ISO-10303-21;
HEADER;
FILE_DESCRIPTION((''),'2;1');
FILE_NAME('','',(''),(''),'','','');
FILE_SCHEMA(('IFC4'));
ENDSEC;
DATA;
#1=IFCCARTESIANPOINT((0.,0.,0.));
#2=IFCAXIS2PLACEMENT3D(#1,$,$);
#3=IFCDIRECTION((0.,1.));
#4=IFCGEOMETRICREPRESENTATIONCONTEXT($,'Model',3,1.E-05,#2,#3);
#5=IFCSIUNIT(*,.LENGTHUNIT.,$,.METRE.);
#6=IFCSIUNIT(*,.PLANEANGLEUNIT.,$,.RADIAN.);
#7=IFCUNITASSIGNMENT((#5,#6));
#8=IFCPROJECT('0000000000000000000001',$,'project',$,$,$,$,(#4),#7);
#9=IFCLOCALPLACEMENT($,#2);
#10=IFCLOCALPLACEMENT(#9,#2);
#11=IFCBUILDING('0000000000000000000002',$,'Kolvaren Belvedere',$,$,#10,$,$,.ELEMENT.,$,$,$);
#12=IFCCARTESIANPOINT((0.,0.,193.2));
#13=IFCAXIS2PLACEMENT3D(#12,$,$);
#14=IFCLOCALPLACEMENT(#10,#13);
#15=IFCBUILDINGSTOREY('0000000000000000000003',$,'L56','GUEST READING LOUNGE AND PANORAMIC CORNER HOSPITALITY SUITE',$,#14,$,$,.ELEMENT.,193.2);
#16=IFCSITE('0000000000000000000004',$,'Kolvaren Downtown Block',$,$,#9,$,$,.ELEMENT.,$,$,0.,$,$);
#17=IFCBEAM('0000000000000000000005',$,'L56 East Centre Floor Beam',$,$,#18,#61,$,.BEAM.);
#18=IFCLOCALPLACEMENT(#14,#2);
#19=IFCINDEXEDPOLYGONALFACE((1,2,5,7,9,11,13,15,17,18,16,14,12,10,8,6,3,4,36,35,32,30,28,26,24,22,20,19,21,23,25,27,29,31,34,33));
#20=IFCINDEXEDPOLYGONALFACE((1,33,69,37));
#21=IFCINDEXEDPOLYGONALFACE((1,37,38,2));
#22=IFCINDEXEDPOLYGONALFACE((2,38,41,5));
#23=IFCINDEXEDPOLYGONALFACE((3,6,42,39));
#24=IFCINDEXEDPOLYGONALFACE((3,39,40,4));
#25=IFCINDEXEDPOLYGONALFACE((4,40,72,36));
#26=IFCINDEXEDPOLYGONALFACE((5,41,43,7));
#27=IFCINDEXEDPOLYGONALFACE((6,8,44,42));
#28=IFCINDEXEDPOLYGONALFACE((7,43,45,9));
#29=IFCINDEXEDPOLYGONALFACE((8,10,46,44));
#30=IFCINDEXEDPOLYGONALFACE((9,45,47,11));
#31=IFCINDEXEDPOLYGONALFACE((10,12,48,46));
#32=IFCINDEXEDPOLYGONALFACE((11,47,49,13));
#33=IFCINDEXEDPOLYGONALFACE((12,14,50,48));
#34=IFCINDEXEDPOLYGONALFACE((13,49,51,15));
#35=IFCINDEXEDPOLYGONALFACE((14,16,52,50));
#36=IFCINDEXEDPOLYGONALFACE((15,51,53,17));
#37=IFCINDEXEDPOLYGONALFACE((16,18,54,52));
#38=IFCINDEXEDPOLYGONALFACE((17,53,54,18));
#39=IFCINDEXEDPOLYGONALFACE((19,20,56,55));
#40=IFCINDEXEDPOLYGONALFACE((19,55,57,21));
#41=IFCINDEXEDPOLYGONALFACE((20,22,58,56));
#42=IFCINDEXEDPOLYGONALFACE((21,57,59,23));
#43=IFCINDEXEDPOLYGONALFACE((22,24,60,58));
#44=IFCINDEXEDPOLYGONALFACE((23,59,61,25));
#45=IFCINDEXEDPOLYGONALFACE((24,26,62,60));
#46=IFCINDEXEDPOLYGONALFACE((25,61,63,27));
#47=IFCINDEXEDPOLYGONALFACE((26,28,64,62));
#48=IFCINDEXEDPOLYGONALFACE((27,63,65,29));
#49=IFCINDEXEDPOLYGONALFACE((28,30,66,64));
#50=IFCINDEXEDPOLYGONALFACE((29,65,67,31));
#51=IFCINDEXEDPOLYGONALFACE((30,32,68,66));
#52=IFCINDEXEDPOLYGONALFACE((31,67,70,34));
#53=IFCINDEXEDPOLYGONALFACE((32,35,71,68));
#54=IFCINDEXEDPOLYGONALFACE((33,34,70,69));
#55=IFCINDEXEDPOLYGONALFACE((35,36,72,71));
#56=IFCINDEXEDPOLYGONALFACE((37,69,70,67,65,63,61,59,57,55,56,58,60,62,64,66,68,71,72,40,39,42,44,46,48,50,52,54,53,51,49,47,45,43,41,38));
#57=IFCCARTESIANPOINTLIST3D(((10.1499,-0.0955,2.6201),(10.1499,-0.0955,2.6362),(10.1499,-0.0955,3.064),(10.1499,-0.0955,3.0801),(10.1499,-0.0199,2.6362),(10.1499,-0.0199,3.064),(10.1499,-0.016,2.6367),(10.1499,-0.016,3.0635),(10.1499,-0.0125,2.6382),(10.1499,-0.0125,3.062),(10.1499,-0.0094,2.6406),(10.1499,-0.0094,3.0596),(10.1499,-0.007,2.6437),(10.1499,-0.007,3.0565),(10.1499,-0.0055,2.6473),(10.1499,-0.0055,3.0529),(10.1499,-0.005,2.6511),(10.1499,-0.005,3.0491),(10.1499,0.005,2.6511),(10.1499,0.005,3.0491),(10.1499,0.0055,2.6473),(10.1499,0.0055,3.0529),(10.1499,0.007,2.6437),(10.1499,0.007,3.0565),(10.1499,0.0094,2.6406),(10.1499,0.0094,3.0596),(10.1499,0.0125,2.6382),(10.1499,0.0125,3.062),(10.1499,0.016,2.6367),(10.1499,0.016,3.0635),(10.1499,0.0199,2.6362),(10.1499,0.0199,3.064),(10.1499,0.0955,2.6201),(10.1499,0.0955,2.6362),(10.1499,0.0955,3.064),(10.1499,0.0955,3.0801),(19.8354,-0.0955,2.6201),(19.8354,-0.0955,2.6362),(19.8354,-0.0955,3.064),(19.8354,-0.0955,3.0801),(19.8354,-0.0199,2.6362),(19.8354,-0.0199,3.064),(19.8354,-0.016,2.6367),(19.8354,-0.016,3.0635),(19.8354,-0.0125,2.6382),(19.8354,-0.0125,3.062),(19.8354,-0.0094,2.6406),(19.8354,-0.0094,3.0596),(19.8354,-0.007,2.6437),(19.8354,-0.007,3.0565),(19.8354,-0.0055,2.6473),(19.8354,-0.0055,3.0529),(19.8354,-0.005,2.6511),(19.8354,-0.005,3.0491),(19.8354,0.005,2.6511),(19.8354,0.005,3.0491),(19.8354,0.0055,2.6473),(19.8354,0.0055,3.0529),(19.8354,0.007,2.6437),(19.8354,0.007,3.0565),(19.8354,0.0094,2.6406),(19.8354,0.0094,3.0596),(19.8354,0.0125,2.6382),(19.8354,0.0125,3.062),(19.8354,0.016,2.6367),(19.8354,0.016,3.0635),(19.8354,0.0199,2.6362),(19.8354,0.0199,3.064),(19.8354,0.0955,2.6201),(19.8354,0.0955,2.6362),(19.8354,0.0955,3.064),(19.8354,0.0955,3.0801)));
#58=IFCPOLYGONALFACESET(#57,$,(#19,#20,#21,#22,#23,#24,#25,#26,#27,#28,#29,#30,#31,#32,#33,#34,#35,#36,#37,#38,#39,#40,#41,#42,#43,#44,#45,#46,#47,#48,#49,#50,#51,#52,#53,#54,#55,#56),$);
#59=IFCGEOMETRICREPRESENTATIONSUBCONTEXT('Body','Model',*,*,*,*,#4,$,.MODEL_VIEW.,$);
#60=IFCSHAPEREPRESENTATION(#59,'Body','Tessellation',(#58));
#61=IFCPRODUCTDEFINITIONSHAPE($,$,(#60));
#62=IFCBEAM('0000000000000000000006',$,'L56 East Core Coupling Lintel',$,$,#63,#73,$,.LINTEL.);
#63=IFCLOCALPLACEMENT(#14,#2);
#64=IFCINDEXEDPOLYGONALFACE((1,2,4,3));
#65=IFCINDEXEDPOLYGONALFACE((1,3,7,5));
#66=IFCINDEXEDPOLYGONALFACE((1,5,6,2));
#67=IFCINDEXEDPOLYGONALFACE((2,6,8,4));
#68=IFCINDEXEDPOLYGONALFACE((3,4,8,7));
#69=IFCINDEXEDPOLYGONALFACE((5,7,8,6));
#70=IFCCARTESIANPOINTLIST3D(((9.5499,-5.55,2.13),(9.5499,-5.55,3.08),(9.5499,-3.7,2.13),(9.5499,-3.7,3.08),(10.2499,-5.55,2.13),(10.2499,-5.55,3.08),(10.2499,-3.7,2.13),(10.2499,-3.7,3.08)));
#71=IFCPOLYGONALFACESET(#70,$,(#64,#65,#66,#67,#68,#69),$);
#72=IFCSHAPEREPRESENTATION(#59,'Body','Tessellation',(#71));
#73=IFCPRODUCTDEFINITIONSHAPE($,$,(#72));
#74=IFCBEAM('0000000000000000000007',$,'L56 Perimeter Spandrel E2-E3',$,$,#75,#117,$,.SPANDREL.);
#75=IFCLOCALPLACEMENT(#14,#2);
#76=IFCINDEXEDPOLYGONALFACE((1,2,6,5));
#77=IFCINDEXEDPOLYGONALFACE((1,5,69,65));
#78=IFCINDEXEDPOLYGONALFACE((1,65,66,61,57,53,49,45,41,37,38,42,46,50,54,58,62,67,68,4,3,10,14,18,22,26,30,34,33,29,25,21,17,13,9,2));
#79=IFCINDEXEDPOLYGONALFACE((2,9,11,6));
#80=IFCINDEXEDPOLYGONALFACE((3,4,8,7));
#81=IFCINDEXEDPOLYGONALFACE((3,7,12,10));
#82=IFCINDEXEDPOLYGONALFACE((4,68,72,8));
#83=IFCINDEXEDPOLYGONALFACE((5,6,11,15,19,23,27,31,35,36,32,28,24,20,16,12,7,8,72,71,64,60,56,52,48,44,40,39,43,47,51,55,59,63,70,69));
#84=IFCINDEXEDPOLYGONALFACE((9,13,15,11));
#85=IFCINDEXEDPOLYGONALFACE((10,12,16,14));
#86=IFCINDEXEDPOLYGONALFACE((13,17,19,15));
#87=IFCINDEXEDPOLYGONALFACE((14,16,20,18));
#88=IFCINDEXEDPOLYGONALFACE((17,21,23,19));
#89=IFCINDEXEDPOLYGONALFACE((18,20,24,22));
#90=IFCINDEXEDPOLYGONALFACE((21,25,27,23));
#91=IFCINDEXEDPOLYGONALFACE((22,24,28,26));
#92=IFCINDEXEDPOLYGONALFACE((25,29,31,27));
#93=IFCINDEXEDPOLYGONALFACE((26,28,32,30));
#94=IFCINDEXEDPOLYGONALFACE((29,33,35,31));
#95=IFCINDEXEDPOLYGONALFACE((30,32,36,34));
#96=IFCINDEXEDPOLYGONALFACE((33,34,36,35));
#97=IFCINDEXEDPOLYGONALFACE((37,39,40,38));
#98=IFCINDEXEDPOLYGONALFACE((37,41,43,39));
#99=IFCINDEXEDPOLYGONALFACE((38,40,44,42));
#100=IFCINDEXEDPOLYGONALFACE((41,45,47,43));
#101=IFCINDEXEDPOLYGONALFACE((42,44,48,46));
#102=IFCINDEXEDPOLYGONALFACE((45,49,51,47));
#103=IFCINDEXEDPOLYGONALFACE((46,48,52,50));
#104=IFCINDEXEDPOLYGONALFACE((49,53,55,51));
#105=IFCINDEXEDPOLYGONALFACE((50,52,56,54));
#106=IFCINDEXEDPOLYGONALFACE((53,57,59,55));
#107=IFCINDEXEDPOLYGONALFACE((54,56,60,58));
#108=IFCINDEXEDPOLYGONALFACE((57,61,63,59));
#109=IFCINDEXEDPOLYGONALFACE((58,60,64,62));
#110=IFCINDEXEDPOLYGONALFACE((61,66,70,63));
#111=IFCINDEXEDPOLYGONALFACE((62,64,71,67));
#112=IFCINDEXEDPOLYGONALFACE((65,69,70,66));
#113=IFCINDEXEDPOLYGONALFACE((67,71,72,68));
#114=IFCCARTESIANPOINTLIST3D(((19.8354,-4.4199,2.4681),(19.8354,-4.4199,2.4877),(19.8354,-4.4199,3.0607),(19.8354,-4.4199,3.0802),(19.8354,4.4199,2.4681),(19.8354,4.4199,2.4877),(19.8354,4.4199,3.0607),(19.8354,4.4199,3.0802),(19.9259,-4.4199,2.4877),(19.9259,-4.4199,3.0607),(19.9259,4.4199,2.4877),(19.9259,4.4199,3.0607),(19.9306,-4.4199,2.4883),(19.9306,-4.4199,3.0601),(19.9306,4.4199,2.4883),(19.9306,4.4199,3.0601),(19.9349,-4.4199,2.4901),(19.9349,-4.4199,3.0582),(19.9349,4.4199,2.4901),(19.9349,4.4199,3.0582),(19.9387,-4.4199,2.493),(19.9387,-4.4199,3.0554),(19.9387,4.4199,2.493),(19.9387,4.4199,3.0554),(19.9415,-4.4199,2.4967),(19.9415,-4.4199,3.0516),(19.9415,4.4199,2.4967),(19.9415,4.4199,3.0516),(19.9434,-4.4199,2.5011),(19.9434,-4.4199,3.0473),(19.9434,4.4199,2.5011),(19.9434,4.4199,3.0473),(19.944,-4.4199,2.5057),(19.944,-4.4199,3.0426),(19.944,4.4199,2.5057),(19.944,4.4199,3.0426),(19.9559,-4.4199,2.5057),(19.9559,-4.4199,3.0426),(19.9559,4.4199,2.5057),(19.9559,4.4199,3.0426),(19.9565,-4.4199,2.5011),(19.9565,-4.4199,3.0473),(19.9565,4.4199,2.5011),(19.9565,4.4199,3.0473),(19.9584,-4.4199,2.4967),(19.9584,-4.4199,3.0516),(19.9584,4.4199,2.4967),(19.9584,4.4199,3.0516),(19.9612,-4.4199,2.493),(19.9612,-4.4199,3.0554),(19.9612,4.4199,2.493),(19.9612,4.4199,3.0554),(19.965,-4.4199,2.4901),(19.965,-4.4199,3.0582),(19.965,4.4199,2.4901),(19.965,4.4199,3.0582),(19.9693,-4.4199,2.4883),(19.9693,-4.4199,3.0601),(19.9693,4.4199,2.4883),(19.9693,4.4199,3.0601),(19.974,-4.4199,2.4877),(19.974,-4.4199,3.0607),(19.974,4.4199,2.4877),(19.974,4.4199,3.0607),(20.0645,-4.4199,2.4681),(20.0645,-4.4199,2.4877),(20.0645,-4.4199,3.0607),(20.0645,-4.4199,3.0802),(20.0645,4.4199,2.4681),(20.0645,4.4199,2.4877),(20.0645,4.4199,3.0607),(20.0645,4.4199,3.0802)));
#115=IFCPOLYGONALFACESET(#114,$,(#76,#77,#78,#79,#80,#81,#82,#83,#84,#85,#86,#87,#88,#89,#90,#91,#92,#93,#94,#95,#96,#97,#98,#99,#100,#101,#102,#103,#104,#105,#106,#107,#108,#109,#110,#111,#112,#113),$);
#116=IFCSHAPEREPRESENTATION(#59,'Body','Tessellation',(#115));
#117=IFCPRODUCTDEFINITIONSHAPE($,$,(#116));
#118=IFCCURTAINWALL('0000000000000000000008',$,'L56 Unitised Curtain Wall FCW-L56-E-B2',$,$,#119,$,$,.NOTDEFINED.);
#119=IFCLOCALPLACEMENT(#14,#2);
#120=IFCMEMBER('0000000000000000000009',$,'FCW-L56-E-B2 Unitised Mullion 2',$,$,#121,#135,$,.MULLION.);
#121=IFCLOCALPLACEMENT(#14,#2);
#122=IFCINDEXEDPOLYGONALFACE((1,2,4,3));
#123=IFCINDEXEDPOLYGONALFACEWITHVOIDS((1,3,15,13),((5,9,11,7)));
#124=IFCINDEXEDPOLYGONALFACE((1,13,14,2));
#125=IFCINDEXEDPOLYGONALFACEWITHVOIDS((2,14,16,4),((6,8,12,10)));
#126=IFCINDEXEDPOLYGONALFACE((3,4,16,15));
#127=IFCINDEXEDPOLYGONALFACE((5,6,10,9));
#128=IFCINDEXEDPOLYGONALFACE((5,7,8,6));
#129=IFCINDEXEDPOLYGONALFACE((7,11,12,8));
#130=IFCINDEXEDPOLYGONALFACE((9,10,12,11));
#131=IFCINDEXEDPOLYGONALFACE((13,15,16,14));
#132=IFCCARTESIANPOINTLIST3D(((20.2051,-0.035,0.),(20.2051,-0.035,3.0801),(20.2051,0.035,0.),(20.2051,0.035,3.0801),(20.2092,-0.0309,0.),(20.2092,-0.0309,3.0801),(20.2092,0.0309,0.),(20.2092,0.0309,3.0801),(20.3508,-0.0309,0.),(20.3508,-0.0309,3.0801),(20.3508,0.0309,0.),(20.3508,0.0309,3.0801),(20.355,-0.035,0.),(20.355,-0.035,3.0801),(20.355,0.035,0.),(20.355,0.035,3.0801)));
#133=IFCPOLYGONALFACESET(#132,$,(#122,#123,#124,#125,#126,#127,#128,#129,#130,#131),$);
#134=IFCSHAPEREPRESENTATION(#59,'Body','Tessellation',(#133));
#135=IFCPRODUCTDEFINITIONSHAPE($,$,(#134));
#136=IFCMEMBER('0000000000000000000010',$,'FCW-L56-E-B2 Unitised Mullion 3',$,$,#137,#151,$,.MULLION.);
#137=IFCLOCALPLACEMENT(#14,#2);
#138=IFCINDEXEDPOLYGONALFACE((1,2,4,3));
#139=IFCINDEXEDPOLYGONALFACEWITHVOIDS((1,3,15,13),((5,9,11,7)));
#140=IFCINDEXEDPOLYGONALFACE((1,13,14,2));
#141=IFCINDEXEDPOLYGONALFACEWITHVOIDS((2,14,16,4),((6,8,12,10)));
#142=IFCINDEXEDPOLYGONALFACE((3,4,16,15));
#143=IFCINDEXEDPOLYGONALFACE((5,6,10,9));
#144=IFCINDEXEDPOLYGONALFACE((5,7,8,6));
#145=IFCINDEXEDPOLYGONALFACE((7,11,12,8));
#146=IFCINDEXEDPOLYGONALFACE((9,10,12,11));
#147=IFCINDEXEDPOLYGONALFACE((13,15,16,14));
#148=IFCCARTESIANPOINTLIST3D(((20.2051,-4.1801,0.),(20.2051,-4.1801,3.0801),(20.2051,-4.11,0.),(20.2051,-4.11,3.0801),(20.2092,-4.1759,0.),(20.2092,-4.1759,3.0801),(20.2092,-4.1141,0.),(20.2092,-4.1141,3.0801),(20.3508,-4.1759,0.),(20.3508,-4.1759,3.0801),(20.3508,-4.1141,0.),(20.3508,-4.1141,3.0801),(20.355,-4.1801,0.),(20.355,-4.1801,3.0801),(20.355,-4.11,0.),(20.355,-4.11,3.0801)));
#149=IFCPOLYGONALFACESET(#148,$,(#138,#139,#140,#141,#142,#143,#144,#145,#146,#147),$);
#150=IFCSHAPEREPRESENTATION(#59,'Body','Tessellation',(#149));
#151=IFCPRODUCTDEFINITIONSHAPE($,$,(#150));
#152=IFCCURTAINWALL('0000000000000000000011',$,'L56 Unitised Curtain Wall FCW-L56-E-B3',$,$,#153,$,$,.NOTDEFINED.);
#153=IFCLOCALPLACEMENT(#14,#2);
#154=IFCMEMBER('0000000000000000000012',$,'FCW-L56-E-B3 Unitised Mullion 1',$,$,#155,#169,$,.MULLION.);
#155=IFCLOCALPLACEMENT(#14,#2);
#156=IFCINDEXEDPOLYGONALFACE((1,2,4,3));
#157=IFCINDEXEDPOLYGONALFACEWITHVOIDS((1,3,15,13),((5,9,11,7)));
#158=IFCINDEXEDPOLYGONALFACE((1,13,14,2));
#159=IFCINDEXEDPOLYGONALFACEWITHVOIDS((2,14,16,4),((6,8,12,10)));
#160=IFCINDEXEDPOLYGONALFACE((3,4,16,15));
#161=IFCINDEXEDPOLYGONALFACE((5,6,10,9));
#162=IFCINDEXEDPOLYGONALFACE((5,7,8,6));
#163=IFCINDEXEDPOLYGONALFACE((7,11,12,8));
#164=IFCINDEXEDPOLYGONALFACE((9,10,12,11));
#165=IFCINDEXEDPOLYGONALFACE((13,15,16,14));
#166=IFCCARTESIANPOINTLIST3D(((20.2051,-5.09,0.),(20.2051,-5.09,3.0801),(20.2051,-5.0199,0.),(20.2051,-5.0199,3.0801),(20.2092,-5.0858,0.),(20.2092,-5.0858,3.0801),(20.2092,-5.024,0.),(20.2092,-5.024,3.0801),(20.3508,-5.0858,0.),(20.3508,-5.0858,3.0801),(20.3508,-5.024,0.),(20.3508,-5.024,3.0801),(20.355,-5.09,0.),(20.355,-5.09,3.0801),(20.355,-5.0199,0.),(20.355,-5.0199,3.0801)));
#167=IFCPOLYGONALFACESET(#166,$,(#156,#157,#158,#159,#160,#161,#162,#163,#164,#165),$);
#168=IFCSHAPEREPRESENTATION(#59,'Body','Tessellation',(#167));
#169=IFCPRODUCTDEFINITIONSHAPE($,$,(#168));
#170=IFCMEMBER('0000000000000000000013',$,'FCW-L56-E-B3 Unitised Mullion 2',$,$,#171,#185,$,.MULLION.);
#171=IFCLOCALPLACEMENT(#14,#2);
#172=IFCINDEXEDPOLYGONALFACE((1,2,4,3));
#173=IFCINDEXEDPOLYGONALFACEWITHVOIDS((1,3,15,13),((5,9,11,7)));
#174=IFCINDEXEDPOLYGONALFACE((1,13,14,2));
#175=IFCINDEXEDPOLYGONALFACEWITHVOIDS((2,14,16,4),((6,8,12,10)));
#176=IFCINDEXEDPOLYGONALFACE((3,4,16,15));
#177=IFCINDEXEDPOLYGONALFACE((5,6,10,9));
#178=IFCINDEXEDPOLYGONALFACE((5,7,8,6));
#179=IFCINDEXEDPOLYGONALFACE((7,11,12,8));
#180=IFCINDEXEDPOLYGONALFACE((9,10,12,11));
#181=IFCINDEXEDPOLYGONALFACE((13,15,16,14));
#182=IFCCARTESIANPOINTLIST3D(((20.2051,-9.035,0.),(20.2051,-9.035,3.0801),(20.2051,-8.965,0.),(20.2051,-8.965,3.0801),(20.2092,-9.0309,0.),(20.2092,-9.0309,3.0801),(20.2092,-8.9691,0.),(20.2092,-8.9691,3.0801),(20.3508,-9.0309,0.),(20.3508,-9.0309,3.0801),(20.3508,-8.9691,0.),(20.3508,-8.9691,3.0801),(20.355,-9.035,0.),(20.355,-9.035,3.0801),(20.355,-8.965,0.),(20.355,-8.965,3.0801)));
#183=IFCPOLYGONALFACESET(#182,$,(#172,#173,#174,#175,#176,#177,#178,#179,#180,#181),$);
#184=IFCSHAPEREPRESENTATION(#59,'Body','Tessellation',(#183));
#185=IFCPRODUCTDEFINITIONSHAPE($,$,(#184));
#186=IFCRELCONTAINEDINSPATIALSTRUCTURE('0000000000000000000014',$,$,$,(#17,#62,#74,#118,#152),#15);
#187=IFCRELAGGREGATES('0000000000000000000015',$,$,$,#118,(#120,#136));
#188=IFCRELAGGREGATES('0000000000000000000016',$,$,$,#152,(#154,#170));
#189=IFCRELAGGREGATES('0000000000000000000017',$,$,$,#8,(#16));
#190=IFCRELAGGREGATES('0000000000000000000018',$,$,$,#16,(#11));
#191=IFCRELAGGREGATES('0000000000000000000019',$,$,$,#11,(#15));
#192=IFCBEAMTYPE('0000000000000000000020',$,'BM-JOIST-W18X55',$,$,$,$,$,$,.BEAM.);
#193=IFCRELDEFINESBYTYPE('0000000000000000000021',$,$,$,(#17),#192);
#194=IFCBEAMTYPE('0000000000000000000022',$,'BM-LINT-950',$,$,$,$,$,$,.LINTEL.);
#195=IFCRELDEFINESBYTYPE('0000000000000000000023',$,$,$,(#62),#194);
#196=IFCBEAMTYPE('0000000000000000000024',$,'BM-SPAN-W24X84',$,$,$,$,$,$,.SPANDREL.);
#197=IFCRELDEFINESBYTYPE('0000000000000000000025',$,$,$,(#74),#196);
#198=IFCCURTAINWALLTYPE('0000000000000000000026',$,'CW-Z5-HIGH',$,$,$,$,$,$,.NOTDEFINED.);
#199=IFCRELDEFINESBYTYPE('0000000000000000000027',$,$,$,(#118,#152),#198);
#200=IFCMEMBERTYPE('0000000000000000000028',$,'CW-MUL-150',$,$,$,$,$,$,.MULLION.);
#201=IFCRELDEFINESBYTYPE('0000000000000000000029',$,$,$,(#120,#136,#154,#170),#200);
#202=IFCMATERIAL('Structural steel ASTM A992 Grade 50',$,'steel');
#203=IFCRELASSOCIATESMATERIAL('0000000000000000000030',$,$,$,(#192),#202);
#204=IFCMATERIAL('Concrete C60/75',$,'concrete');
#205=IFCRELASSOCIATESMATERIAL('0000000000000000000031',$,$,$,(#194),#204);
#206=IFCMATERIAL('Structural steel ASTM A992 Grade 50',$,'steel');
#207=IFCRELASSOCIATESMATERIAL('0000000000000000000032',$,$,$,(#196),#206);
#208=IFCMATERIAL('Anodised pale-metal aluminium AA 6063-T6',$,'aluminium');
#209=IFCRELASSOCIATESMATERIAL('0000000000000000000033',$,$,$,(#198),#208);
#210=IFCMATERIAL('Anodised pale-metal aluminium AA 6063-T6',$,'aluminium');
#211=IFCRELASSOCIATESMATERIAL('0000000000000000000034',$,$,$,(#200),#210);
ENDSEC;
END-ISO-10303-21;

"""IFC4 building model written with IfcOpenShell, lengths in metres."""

from ifc_helpers import new_model, si_unit, direction, frame, origin, origin_2d, place, context, subcontext, project, spatial, rectangle, hollow_rectangle, i_section, extrude, material, material_profile, profile_set, type_object, element, aggregate, save


model = new_model("IFC4")

# Units and contexts
model_context = context("Model", 3, precision=1e-05, world=origin(), true_north=direction((0.0, 1.0)))
body_context = subcontext(model_context, "Body", "Model", "MODEL_VIEW")
ifc_project = project(units=[si_unit("LENGTHUNIT", "METRE"), si_unit("PLANEANGLEUNIT", "RADIAN")], contexts=[model_context])

# Site, building, storey
site_placement = place(None, origin())
site = spatial("IfcSite", under=ifc_project, at=site_placement, Name="Kolvaren Downtown Block", CompositionType="ELEMENT", RefElevation=0.0)
building_placement = place(site_placement, origin())
building = spatial("IfcBuilding", under=site, at=building_placement, Name="Kolvaren Belvedere", CompositionType="ELEMENT")
storey_placement = place(building_placement, frame((0.0, 0.0, 193.2)))
storey = spatial("IfcBuildingStorey", under=building, at=storey_placement, Name="L56", Description="GUEST READING LOUNGE AND PANORAMIC CORNER HOSPITALITY SUITE", CompositionType="ELEMENT", Elevation=193.2)

# Beams
ifc_material_1 = material(Name="Structural steel ASTM A992 Grade 50", Category="steel")
ifc_material_profile_1 = material_profile(ifc_material_1, i_section(OverallWidth=0.1909, OverallDepth=0.46, WebThickness=0.01, FlangeThickness=0.0161, FilletRadius=0.0149, at=origin_2d()), Name="W18X55")
ifc_profile_set_1 = profile_set([ifc_material_profile_1], Name="Structural steel ASTM A992 Grade 50")
beam_type_1 = type_object("IfcBeamType", Name="BM-JOIST-W18X55", PredefinedType="BEAM", material=ifc_profile_set_1)
beam_1_placement = place(storey_placement, frame((10.1499, 0.0, 2.8501), z_axis=(1.0, 0.0, 0.0), x_axis=(0.0, 1.0, 0.0)))
element("IfcBeam", 1, at=beam_1_placement, inside=storey, type_object=beam_type_1, Name="L56 East Centre Floor Beam", PredefinedType="BEAM", context=body_context, shape_type="SweptSolid", body=[
    extrude(i_section(OverallWidth=0.1909, OverallDepth=0.46, WebThickness=0.01, FlangeThickness=0.0161, FilletRadius=0.0149, at=origin_2d()), origin(), (0.0, 0.0, 1.0), 9.6855),
])
ifc_material_2 = material(Name="Concrete C60/75", Category="concrete")
ifc_material_profile_2 = material_profile(ifc_material_2, rectangle(XDim=0.7, YDim=0.95, at=origin_2d()), Name="RC 700X950")
ifc_profile_set_2 = profile_set([ifc_material_profile_2], Name="Concrete C60/75")
beam_type_2 = type_object("IfcBeamType", Name="BM-LINT-950", PredefinedType="LINTEL", material=ifc_profile_set_2)
beam_2_placement = place(storey_placement, frame((9.8999, -5.55, 2.605), z_axis=(0.0, 1.0, 0.0), x_axis=(-1.0, 0.0, 0.0)))
element("IfcBeam", 2, at=beam_2_placement, inside=storey, type_object=beam_type_2, Name="L56 East Core Coupling Lintel", PredefinedType="LINTEL", context=body_context, shape_type="SweptSolid", body=[
    extrude(rectangle(XDim=0.7, YDim=0.95, at=origin_2d()), origin(), (0.0, 0.0, 1.0), 1.8501),
])
ifc_material_3 = material(Name="Structural steel ASTM A992 Grade 50", Category="steel")
ifc_material_profile_3 = material_profile(ifc_material_3, i_section(OverallWidth=0.229, OverallDepth=0.6121, WebThickness=0.012, FlangeThickness=0.0195, FilletRadius=0.0181, at=origin_2d()), Name="W24X84")
ifc_profile_set_3 = profile_set([ifc_material_profile_3], Name="Structural steel ASTM A992 Grade 50")
beam_type_3 = type_object("IfcBeamType", Name="BM-SPAN-W24X84", PredefinedType="SPANDREL", material=ifc_profile_set_3)
beam_3_placement = place(storey_placement, frame((19.95, -4.4199, 2.7742), z_axis=(0.0, 1.0, 0.0), x_axis=(-1.0, 0.0, 0.0)))
element("IfcBeam", 3, at=beam_3_placement, inside=storey, type_object=beam_type_3, Name="L56 Perimeter Spandrel E2-E3", PredefinedType="SPANDREL", context=body_context, shape_type="SweptSolid", body=[
    extrude(i_section(OverallWidth=0.229, OverallDepth=0.6121, WebThickness=0.012, FlangeThickness=0.0195, FilletRadius=0.0181, at=origin_2d()), origin(), (0.0, 0.0, 1.0), 8.8398),
])

# Curtain walls, members
ifc_material_4 = material(Name="Anodised pale-metal aluminium AA 6063-T6", Category="aluminium")
curtain_wall_type = type_object("IfcCurtainWallType", Name="CW-Z5-HIGH", PredefinedType="NOTDEFINED", material=ifc_material_4)
curtain_wall_1_placement = place(storey_placement, origin())
curtain_wall_1 = element("IfcCurtainWall", 4, at=curtain_wall_1_placement, inside=storey, type_object=curtain_wall_type, Name="L56 Unitised Curtain Wall FCW-L56-E-B2", PredefinedType="NOTDEFINED")
ifc_material_5 = material(Name="Anodised pale-metal aluminium AA 6063-T6", Category="aluminium")
ifc_material_profile_4 = material_profile(ifc_material_5, hollow_rectangle(XDim=0.0701, YDim=0.1499, WallThickness=0.0042, at=origin_2d()), Name="ALU-MUL-150X70")
ifc_profile_set_4 = profile_set([ifc_material_profile_4], Name="Anodised pale-metal aluminium AA 6063-T6")
member_type_1 = type_object("IfcMemberType", Name="CW-MUL-150", PredefinedType="MULLION", material=ifc_profile_set_4)
member_1_placement = place(storey_placement, frame((20.28, 0.0, 0.0), z_axis=(0.0, 0.0, 1.0), x_axis=(0.0, 1.0, 0.0)))
member_1 = element("IfcMember", 5, at=member_1_placement, type_object=member_type_1, Name="FCW-L56-E-B2 Unitised Mullion 2", PredefinedType="MULLION", context=body_context, shape_type="SweptSolid", body=[
    extrude(hollow_rectangle(XDim=0.0701, YDim=0.1499, WallThickness=0.0042, at=origin_2d()), origin(), (0.0, 0.0, 1.0), 3.0801),
])
member_2_placement = place(storey_placement, frame((20.28, -4.145, 0.0), z_axis=(0.0, 0.0, 1.0), x_axis=(0.0, 1.0, 0.0)))
member_2 = element("IfcMember", 6, at=member_2_placement, type_object=member_type_1, Name="FCW-L56-E-B2 Unitised Mullion 3", PredefinedType="MULLION", context=body_context, shape_type="SweptSolid", body=[
    extrude(hollow_rectangle(XDim=0.0701, YDim=0.1499, WallThickness=0.0042, at=origin_2d()), origin(), (0.0, 0.0, 1.0), 3.0801),
])
curtain_wall_2_placement = place(storey_placement, origin())
curtain_wall_2 = element("IfcCurtainWall", 7, at=curtain_wall_2_placement, inside=storey, type_object=curtain_wall_type, Name="L56 Unitised Curtain Wall FCW-L56-E-B3", PredefinedType="NOTDEFINED")
member_3_placement = place(storey_placement, frame((20.28, -5.0549, 0.0), z_axis=(0.0, 0.0, 1.0), x_axis=(0.0, 1.0, 0.0)))
member_3 = element("IfcMember", 8, at=member_3_placement, type_object=member_type_1, Name="FCW-L56-E-B3 Unitised Mullion 1", PredefinedType="MULLION", context=body_context, shape_type="SweptSolid", body=[
    extrude(hollow_rectangle(XDim=0.0701, YDim=0.1499, WallThickness=0.0042, at=origin_2d()), origin(), (0.0, 0.0, 1.0), 3.0801),
])
member_4_placement = place(storey_placement, frame((20.28, -9.0, 0.0), z_axis=(0.0, 0.0, 1.0), x_axis=(0.0, 1.0, 0.0)))
member_4 = element("IfcMember", 9, at=member_4_placement, type_object=member_type_1, Name="FCW-L56-E-B3 Unitised Mullion 2", PredefinedType="MULLION", context=body_context, shape_type="SweptSolid", body=[
    extrude(hollow_rectangle(XDim=0.0701, YDim=0.1499, WallThickness=0.0042, at=origin_2d()), origin(), (0.0, 0.0, 1.0), 3.0801),
])

aggregate(curtain_wall_1, [member_1, member_2])
aggregate(curtain_wall_2, [member_3, member_4])

save(model, "model.ifc")
